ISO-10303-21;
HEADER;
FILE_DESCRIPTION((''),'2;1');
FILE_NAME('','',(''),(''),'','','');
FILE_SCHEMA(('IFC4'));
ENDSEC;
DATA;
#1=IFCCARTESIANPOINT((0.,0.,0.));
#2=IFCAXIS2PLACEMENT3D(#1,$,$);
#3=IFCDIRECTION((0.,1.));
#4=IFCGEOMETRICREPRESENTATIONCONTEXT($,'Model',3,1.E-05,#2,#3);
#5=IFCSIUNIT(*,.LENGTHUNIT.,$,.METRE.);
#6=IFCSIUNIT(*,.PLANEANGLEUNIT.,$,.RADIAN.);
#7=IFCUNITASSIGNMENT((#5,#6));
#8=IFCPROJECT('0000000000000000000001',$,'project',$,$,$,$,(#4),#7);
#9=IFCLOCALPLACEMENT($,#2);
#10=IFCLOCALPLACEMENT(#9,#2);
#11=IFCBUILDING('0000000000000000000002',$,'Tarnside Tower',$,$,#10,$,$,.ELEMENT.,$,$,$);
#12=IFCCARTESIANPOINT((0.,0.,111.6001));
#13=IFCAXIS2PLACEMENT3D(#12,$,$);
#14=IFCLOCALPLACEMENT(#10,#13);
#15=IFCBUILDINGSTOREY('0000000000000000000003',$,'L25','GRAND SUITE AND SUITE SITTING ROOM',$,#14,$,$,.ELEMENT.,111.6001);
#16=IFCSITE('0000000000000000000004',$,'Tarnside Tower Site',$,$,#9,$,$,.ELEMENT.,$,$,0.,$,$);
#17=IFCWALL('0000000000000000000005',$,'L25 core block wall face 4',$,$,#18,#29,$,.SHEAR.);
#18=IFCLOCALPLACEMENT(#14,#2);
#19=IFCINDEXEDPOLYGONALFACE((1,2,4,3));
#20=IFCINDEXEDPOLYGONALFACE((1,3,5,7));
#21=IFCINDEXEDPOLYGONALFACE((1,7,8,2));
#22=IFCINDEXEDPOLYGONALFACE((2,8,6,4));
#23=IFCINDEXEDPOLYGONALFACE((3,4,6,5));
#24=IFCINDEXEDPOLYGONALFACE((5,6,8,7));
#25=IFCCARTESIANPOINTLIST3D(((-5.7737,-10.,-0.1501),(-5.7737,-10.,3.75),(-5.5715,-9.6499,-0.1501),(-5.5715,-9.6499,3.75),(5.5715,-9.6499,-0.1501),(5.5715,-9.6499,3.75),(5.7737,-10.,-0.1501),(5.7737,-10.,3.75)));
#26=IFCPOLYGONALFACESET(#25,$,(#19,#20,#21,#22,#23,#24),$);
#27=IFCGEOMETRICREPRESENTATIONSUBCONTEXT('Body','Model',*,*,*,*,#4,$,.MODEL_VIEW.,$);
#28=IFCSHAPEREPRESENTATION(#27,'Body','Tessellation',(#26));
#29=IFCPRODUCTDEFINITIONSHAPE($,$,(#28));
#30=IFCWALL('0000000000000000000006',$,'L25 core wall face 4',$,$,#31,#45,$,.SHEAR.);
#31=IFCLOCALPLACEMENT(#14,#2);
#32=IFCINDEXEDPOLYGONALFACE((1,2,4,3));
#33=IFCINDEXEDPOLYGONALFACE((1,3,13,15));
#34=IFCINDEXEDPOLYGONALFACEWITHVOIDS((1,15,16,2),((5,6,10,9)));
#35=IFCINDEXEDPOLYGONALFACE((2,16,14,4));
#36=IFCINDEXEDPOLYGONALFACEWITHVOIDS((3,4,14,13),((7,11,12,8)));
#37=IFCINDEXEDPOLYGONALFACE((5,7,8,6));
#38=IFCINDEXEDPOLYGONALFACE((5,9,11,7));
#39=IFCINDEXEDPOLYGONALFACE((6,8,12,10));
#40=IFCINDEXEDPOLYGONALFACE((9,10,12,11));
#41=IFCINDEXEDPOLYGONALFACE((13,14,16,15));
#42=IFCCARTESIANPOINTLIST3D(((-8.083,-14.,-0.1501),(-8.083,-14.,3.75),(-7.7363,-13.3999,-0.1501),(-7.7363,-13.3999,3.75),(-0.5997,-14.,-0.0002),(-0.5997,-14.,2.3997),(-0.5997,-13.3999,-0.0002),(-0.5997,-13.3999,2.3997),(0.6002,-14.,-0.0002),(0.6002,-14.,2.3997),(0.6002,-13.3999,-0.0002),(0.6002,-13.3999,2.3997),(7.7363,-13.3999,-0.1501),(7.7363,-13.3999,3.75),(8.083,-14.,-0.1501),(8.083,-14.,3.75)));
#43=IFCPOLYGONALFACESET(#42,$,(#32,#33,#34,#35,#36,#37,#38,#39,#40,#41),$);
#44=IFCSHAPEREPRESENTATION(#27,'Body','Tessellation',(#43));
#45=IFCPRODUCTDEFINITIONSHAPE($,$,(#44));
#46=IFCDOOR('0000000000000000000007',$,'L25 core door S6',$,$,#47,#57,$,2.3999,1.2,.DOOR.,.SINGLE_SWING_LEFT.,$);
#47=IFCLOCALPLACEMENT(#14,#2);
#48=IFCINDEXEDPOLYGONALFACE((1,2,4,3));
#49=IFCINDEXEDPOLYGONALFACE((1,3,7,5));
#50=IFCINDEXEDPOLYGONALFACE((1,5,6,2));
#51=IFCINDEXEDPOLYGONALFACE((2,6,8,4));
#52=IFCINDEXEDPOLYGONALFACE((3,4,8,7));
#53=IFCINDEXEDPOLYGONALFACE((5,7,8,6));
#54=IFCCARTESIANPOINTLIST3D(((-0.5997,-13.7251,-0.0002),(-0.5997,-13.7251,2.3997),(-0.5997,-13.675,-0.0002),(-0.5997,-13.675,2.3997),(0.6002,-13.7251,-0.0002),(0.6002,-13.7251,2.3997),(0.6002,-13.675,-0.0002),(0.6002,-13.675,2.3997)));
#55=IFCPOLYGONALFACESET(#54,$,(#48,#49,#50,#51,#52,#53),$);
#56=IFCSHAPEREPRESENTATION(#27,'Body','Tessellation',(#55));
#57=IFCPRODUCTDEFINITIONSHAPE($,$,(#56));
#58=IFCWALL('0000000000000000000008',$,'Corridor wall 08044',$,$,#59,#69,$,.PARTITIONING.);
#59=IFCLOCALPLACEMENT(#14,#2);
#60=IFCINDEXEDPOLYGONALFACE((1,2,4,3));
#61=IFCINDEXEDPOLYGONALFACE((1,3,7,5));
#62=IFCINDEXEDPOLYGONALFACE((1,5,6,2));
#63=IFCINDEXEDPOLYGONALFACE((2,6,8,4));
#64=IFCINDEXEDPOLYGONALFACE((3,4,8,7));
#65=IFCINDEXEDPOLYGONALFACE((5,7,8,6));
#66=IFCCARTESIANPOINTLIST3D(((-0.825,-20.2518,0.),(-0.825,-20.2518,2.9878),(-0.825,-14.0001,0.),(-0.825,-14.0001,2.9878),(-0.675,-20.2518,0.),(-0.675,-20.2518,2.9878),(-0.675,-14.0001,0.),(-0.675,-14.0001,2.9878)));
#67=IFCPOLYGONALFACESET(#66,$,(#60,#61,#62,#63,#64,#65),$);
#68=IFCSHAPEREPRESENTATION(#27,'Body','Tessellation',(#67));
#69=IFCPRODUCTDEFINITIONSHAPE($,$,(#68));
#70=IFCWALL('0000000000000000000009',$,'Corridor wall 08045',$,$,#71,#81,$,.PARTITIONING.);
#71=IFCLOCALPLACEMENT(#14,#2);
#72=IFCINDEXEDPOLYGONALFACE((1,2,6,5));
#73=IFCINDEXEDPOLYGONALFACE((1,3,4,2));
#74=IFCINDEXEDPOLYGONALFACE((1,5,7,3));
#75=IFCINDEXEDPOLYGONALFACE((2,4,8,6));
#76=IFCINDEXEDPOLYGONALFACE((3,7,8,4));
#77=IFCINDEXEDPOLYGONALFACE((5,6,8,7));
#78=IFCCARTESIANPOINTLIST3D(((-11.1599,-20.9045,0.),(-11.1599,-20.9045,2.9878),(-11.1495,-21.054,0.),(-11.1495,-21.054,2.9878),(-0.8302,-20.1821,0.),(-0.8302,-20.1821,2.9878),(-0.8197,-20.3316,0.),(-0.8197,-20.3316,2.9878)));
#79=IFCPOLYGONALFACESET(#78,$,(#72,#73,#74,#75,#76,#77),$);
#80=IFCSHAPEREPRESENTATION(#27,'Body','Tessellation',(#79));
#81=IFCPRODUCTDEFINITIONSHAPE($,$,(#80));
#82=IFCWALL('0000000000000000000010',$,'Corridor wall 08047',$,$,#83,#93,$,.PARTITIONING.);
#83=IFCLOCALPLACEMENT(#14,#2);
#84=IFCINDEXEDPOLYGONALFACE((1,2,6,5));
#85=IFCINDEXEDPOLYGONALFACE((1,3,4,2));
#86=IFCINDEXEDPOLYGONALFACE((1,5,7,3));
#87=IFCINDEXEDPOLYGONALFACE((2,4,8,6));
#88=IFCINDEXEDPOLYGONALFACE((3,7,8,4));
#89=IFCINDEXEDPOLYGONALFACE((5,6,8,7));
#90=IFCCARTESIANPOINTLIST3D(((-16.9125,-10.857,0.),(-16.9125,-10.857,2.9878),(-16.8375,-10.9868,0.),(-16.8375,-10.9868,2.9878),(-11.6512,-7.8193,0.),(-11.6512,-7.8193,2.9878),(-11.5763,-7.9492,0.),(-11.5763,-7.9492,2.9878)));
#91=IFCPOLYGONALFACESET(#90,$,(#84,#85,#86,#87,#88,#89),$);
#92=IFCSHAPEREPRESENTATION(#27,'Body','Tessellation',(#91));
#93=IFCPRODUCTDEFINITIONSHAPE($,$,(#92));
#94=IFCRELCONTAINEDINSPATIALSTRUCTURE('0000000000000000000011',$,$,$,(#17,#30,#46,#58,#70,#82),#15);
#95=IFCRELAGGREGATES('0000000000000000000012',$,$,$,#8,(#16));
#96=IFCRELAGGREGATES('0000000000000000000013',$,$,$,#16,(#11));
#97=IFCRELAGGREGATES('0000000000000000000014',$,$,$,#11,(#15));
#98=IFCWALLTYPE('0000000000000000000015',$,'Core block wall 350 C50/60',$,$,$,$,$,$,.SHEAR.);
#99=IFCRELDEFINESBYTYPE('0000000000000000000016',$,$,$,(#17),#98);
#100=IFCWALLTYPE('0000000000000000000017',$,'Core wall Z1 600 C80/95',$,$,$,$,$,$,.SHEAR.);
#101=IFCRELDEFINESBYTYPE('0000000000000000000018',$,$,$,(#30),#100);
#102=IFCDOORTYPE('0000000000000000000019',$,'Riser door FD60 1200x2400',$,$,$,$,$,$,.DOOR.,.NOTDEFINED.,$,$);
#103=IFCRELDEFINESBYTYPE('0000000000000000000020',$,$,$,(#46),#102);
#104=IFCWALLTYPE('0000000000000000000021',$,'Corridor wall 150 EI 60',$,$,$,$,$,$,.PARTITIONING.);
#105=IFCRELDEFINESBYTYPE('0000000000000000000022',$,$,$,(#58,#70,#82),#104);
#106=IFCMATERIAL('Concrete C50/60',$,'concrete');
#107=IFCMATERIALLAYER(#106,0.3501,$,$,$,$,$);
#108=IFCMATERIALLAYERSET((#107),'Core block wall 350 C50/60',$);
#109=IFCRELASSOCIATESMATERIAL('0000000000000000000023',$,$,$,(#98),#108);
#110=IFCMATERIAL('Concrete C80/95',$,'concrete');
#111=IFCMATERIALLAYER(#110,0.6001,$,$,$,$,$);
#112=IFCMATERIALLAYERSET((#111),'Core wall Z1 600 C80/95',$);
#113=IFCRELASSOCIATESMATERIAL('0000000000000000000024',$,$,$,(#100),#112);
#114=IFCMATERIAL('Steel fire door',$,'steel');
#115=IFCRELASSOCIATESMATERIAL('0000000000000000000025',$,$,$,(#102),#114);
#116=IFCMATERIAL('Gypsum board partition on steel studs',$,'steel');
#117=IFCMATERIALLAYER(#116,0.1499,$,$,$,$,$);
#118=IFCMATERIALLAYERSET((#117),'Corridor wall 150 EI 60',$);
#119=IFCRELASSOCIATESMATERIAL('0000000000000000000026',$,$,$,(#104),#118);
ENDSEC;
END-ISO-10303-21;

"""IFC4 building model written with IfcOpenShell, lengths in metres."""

from ifc_helpers import new_model, si_unit, direction, frame, frame_2d, origin, place, context, subcontext, project, spatial, polyline, rectangle, outline, extrude, material, layer, layer_set, type_object, element, fill, save


model = new_model("IFC4")

# Units and contexts
model_context = context("Model", 3, precision=1e-05, world=origin(), true_north=direction((0.0, 1.0)))
body_context = subcontext(model_context, "Body", "Model", "MODEL_VIEW")
ifc_project = project(units=[si_unit("LENGTHUNIT", "METRE"), si_unit("PLANEANGLEUNIT", "RADIAN")], contexts=[model_context])

# Site, building, storey
site_placement = place(None, origin())
site = spatial("IfcSite", under=ifc_project, at=site_placement, Name="Tarnside Tower Site", CompositionType="ELEMENT", RefElevation=0.0)
building_placement = place(site_placement, origin())
building = spatial("IfcBuilding", under=site, at=building_placement, Name="Tarnside Tower", CompositionType="ELEMENT")
storey_placement = place(building_placement, frame((0.0, 0.0, 111.6001)))
storey = spatial("IfcBuildingStorey", under=building, at=storey_placement, Name="L25", Description="GRAND SUITE AND SUITE SITTING ROOM", CompositionType="ELEMENT", Elevation=111.6001)

# Wall
ifc_material_1 = material(Name="Concrete C50/60", Category="concrete")
ifc_layer_1 = layer(ifc_material_1, 0.3501)
ifc_layer_set_1 = layer_set([ifc_layer_1], Name="Core block wall 350 C50/60")
wall_type_1 = type_object("IfcWallType", Name="Core block wall 350 C50/60", PredefinedType="SHEAR", material=ifc_layer_set_1)
wall_1_placement = place(storey_placement, frame((-5.6726, -9.825, -0.1501), z_axis=(0.0, 0.0, 1.0), x_axis=(1.0, 0.0, 0.0)))
element("IfcWall", 1, at=wall_1_placement, inside=storey, type_object=wall_type_1, Name="L25 core block wall face 4", PredefinedType="SHEAR", context=body_context, shape_type="SweptSolid", body=[
    extrude(outline(polyline([(-0.1011, -0.175), (11.4463, -0.175), (11.2441, 0.175), (0.1011, 0.175), (-0.1011, -0.175)])), origin(), (0.0, 0.0, 1.0), 3.9001),
])

# Wall, opening, door
ifc_material_2 = material(Name="Concrete C80/95", Category="concrete")
ifc_layer_2 = layer(ifc_material_2, 0.6001)
ifc_layer_set_2 = layer_set([ifc_layer_2], Name="Core wall Z1 600 C80/95")
wall_type_2 = type_object("IfcWallType", Name="Core wall Z1 600 C80/95", PredefinedType="SHEAR", material=ifc_layer_set_2)
wall_2_placement = place(storey_placement, frame((-7.9097, -13.7, -0.1501), z_axis=(0.0, 0.0, 1.0), x_axis=(1.0, 0.0, 0.0)))
wall_2 = element("IfcWall", 2, at=wall_2_placement, inside=storey, type_object=wall_type_2, Name="L25 core wall face 4", PredefinedType="SHEAR", context=body_context, shape_type="SweptSolid", body=[
    extrude(outline(polyline([(-0.1733, -0.3), (15.9927, -0.3), (15.646, 0.3), (0.1733, 0.3), (-0.1733, -0.3)])), origin(), (0.0, 0.0, 1.0), 3.9001),
])
opening_1_placement = place(wall_2_placement, frame((7.3098, 0.0, 0.1499)))
opening_1 = element("IfcOpeningElement", 3, at=opening_1_placement, cuts=wall_2, PredefinedType="OPENING", context=body_context, shape_type="SweptSolid", body=[
    extrude(rectangle(XDim=1.2, YDim=2.3999, at=frame_2d((0.6001, 1.2))), frame((0.0, 0.3101, 0.0), z_axis=(0.0, -1.0, 0.0), x_axis=(1.0, 0.0, 0.0)), (0.0, 0.0, 1.0), 0.6201),
])
ifc_material_3 = material(Name="Steel fire door", Category="steel")
door_type_1 = type_object("IfcDoorType", Name="Riser door FD60 1200x2400", OperationType="NOTDEFINED", PredefinedType="DOOR", material=ifc_material_3)
door_1_placement = place(opening_1_placement, origin())
door_1 = element("IfcDoor", 4, at=door_1_placement, inside=storey, type_object=door_type_1, Name="L25 core door S6", OperationType="SINGLE_SWING_LEFT", OverallHeight=2.3999, OverallWidth=1.2, PredefinedType="DOOR", context=body_context, shape_type="SweptSolid", body=[
    extrude(rectangle(XDim=1.2, YDim=2.3999, at=frame_2d((0.6001, 1.2))), frame((0.0, 0.0249, 0.0), z_axis=(0.0, -1.0, 0.0), x_axis=(1.0, 0.0, 0.0)), (0.0, 0.0, 1.0), 0.05),
])
fill(opening_1, door_1)

# Walls
ifc_material_4 = material(Name="Gypsum board partition on steel studs", Category="steel")
ifc_layer_3 = layer(ifc_material_4, 0.1499)
ifc_layer_set_3 = layer_set([ifc_layer_3], Name="Corridor wall 150 EI 60")
wall_type_3 = type_object("IfcWallType", Name="Corridor wall 150 EI 60", PredefinedType="PARTITIONING", material=ifc_layer_set_3)
wall_3_placement = place(storey_placement, frame((-0.75, -14.0, 0.0), z_axis=(0.0, 0.0, 1.0), x_axis=(0.0, -1.0, 0.0)))
element("IfcWall", 5, at=wall_3_placement, inside=storey, type_object=wall_type_3, Name="Corridor wall 08044", PredefinedType="PARTITIONING", context=body_context, shape_type="SweptSolid", body=[
    extrude(rectangle(XDim=6.2517, YDim=0.1499, at=frame_2d((3.126, 0.0))), origin(), (0.0, 0.0, 1.0), 2.9878),
])
wall_4_placement = place(storey_placement, frame((-0.825, -20.2568, 0.0), z_axis=(0.0, 0.0, 1.0), x_axis=(-0.997564, -0.069764, 0.0)))
element("IfcWall", 6, at=wall_4_placement, inside=storey, type_object=wall_type_3, Name="Corridor wall 08045", PredefinedType="PARTITIONING", context=body_context, shape_type="SweptSolid", body=[
    extrude(rectangle(XDim=10.355, YDim=0.1499, at=frame_2d((5.1775, 0.0))), origin(), (0.0, 0.0, 1.0), 2.9878),
])
wall_5_placement = place(storey_placement, frame((-16.875, -10.9219, 0.0), z_axis=(0.0, 0.0, 1.0), x_axis=(0.866024, 0.500003, 0.0)))
element("IfcWall", 7, at=wall_5_placement, inside=storey, type_object=wall_type_3, Name="Corridor wall 08047", PredefinedType="PARTITIONING", context=body_context, shape_type="SweptSolid", body=[
    extrude(rectangle(XDim=6.0752, YDim=0.1499, at=frame_2d((3.0376, 0.0))), origin(), (0.0, 0.0, 1.0), 2.9878),
])

save(model, "model.ifc")
